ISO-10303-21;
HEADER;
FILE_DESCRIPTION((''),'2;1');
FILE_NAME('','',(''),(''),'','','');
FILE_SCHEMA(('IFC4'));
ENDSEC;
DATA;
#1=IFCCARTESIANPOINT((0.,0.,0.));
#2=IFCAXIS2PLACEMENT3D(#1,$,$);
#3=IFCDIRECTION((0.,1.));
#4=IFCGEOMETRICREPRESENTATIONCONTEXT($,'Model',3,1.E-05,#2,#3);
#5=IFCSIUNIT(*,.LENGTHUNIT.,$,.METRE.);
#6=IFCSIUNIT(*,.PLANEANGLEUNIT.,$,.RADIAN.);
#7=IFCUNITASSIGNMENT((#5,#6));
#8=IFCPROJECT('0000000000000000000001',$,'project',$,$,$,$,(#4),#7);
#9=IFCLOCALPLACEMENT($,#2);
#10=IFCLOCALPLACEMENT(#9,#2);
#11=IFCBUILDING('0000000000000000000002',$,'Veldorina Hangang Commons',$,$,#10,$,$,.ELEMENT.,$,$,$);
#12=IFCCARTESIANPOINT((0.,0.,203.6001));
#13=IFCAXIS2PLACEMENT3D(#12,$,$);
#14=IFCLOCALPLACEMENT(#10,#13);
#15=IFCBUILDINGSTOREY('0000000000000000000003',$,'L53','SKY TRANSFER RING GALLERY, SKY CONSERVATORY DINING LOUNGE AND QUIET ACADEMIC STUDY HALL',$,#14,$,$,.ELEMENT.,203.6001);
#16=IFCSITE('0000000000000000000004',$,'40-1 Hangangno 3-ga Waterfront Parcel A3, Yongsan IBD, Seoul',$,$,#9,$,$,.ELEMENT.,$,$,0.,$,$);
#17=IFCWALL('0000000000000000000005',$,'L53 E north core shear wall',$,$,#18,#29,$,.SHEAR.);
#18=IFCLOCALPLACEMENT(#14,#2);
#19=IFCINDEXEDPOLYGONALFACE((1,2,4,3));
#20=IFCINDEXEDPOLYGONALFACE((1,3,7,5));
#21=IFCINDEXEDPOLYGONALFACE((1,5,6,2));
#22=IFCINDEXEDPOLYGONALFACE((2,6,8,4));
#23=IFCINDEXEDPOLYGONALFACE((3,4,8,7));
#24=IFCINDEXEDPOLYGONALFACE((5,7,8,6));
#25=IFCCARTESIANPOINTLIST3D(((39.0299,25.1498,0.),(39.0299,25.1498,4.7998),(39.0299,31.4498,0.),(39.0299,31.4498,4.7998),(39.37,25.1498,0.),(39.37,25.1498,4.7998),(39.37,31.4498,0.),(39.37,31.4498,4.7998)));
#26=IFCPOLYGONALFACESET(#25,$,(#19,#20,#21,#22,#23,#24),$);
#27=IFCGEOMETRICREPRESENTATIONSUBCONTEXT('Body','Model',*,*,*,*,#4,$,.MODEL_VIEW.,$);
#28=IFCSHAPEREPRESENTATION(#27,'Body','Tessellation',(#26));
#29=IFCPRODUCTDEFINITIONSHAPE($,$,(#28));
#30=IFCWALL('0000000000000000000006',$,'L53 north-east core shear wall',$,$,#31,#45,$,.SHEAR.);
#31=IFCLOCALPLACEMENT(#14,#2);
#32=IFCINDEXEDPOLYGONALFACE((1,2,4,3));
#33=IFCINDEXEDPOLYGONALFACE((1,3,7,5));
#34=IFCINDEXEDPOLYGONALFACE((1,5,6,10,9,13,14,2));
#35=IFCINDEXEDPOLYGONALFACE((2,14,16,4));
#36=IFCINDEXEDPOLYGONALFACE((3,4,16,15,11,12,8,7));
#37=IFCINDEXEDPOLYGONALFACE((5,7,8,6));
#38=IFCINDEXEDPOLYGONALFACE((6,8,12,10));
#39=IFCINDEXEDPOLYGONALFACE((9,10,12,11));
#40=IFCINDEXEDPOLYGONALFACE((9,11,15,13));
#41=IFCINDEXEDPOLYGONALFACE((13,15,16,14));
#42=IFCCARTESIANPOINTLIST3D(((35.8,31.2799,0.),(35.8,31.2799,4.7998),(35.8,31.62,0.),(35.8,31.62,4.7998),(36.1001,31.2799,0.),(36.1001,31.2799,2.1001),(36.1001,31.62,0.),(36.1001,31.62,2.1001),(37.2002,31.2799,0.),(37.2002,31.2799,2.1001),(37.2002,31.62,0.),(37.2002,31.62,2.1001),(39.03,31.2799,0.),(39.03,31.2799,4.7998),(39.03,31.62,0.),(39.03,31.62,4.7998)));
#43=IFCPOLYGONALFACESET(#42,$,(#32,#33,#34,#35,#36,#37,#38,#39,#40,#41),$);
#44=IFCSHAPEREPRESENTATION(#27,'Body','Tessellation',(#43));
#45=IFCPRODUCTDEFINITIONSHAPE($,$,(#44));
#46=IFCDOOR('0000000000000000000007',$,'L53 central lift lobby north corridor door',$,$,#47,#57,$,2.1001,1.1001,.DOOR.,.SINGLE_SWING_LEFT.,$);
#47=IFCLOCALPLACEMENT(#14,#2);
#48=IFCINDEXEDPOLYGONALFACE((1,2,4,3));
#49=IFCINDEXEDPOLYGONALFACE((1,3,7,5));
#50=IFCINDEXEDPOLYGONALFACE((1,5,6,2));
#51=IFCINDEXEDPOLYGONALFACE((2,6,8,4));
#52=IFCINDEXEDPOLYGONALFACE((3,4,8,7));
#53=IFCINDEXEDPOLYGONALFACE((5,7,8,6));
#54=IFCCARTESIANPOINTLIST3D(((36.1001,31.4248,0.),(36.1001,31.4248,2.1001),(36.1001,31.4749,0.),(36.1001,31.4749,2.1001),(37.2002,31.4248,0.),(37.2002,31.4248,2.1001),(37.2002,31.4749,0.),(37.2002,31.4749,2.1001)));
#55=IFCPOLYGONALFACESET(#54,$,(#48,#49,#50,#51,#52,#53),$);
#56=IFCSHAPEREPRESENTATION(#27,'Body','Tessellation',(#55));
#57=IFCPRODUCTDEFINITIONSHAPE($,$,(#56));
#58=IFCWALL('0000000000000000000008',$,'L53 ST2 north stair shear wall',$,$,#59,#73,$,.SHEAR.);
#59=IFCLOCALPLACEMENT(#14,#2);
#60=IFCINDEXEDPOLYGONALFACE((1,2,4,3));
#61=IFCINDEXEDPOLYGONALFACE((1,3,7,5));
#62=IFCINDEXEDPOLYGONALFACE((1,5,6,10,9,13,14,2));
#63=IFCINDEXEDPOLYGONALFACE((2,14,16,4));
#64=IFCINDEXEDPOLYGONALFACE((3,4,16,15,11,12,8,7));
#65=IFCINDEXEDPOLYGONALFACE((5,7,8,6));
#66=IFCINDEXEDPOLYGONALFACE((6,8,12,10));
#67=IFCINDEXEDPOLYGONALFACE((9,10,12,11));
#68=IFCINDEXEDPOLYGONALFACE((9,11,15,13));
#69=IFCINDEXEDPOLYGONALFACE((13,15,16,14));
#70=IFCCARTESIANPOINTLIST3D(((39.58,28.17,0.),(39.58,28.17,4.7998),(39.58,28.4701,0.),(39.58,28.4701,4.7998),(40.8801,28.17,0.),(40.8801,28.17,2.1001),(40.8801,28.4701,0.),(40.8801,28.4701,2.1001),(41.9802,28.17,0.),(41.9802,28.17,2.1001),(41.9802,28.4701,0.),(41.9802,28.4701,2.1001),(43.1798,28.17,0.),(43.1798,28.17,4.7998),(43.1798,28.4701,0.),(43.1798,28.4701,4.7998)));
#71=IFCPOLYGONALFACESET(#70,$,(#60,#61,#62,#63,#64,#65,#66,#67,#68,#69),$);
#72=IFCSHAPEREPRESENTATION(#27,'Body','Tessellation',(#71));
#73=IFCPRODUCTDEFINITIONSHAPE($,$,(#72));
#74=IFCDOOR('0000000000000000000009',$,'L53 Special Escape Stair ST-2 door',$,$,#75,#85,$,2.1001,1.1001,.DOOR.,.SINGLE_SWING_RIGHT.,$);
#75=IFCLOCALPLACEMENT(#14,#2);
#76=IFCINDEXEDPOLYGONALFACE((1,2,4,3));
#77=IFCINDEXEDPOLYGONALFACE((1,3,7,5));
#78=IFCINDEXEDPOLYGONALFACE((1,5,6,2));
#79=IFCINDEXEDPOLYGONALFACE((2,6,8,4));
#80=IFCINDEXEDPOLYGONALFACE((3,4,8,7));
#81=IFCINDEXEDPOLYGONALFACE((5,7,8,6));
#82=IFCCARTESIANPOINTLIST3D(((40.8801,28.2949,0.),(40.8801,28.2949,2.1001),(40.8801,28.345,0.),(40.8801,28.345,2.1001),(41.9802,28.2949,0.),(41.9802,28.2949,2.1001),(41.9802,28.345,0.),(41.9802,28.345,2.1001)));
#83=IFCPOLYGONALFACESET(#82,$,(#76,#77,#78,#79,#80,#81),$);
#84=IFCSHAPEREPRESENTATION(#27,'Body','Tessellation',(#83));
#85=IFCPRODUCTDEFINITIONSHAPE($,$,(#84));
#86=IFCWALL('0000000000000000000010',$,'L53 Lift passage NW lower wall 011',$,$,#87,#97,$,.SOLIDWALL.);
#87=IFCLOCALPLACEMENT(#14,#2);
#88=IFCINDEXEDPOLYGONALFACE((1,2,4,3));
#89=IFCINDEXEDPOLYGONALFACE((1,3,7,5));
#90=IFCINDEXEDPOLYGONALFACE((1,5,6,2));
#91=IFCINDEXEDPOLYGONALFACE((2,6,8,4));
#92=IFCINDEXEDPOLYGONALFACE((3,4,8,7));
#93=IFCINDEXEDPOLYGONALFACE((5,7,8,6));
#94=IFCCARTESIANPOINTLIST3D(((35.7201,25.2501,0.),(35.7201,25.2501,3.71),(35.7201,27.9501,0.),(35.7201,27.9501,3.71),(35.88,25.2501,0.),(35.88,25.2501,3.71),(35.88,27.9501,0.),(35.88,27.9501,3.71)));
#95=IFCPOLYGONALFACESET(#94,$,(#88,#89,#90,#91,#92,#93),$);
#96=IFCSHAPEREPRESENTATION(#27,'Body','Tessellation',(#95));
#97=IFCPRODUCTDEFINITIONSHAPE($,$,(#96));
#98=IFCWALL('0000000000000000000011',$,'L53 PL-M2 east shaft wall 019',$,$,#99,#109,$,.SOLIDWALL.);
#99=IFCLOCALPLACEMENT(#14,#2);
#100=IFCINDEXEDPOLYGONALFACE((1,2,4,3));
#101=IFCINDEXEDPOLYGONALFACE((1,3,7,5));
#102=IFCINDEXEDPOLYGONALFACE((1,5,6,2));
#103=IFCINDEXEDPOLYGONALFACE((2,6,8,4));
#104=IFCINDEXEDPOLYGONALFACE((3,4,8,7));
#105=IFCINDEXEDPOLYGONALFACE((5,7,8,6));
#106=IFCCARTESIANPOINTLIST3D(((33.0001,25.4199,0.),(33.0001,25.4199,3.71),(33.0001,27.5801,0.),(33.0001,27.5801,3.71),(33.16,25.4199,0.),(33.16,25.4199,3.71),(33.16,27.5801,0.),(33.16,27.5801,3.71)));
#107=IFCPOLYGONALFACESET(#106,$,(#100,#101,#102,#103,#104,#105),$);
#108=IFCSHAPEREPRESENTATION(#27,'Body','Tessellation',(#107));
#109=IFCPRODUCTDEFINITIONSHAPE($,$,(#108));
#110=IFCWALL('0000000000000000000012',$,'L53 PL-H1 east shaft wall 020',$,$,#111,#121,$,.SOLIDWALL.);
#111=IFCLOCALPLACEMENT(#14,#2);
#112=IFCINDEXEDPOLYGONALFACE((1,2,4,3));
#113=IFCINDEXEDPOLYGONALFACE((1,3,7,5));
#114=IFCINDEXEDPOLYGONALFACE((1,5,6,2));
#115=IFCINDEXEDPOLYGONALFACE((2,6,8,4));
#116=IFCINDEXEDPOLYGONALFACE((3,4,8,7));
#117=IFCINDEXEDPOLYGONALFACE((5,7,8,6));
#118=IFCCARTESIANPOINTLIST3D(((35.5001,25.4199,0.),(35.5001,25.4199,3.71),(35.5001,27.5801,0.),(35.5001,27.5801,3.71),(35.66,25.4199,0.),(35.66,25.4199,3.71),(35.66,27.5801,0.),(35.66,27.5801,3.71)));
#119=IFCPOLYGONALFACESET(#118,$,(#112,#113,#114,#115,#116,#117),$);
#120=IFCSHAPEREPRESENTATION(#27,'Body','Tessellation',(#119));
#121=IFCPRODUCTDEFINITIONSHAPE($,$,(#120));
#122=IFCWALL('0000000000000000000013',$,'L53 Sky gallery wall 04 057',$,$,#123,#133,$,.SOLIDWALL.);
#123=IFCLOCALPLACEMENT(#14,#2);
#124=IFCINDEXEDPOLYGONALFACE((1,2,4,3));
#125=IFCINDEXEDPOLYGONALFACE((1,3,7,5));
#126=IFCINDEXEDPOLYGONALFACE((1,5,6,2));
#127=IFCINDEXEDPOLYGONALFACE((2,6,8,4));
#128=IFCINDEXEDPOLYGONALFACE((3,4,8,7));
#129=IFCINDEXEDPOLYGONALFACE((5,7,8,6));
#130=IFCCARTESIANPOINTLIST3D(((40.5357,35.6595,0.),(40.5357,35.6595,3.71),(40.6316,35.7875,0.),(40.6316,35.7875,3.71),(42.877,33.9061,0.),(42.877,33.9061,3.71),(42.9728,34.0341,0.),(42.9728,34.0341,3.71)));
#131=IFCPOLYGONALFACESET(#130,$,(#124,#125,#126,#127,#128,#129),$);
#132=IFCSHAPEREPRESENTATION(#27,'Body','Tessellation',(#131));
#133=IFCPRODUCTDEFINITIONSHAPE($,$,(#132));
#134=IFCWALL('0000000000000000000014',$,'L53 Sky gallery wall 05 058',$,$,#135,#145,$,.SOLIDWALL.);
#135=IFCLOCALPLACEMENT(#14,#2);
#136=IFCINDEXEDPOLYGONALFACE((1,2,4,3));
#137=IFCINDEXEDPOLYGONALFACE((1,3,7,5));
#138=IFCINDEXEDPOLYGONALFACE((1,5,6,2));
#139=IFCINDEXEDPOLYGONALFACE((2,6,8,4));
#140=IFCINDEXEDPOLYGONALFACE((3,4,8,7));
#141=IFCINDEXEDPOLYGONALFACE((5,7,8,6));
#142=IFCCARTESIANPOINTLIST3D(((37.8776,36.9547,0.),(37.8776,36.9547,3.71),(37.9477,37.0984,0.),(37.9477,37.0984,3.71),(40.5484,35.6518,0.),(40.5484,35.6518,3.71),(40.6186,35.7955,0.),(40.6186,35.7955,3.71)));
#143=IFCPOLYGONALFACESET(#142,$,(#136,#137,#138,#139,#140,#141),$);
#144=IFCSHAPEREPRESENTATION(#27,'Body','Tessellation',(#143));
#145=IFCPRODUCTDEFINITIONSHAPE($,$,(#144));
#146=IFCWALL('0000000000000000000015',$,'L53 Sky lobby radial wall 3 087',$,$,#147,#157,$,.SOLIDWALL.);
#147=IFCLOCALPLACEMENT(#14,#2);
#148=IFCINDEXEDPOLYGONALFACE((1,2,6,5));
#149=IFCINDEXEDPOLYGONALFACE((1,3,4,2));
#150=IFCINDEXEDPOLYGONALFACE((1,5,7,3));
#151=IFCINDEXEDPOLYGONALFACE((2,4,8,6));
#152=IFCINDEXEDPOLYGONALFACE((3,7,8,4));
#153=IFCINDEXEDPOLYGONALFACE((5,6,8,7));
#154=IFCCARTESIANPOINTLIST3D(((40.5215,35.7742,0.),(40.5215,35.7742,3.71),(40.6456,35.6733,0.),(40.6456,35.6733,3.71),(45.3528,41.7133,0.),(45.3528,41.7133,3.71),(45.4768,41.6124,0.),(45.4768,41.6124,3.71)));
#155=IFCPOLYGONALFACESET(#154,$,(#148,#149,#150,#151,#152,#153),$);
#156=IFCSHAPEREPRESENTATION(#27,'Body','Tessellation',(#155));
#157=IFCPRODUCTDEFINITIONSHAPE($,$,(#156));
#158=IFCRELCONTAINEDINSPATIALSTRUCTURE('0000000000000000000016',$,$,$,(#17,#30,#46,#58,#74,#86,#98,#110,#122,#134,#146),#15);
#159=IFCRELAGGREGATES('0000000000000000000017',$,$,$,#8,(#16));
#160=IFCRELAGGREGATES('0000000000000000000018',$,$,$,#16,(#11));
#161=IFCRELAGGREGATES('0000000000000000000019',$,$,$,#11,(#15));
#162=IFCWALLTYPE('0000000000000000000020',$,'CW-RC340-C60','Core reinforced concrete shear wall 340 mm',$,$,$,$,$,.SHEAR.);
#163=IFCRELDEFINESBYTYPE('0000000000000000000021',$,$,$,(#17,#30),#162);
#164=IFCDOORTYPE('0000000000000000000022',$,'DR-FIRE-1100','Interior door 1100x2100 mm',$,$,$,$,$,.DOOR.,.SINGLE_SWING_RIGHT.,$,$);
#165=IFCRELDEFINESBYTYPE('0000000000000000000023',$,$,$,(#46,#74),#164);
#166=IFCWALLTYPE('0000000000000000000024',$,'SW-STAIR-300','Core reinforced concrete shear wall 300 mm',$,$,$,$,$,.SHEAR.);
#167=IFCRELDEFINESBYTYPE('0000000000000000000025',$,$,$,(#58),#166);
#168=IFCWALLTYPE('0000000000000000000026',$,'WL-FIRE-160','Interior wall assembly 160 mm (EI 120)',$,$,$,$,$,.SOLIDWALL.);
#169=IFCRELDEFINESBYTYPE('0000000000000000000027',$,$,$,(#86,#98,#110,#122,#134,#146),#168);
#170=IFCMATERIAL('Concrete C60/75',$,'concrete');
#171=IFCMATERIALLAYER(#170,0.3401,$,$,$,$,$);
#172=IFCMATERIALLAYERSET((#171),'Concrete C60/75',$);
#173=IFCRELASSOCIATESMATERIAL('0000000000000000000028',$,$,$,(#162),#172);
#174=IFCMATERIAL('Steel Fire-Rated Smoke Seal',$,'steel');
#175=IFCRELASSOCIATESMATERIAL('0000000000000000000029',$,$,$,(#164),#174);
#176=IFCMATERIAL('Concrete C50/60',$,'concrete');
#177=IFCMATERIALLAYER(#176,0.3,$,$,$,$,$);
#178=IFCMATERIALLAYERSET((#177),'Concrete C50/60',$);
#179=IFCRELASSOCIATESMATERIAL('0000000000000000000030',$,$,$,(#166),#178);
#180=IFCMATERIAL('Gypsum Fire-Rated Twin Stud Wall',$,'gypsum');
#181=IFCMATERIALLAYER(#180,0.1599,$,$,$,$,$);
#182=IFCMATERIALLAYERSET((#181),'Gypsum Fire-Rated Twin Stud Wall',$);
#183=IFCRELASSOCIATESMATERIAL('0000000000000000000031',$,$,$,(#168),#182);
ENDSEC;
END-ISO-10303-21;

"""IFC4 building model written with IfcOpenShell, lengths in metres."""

from ifc_helpers import new_model, si_unit, direction, frame, frame_2d, origin, place, context, subcontext, project, spatial, rectangle, extrude, material, layer, layer_set, type_object, element, fill, save


model = new_model("IFC4")

# Units and contexts
model_context = context("Model", 3, precision=1e-05, world=origin(), true_north=direction((0.0, 1.0)))
body_context = subcontext(model_context, "Body", "Model", "MODEL_VIEW")
ifc_project = project(units=[si_unit("LENGTHUNIT", "METRE"), si_unit("PLANEANGLEUNIT", "RADIAN")], contexts=[model_context])

# Site, building, storey
site_placement = place(None, origin())
site = spatial("IfcSite", under=ifc_project, at=site_placement, Name="40-1 Hangangno 3-ga Waterfront Parcel A3, Yongsan IBD, Seoul", CompositionType="ELEMENT", RefElevation=0.0)
building_placement = place(site_placement, origin())
building = spatial("IfcBuilding", under=site, at=building_placement, Name="Veldorina Hangang Commons", CompositionType="ELEMENT")
storey_placement = place(building_placement, frame((0.0, 0.0, 203.6001)))
storey = spatial("IfcBuildingStorey", under=building, at=storey_placement, Name="L53", Description="SKY TRANSFER RING GALLERY, SKY CONSERVATORY DINING LOUNGE AND QUIET ACADEMIC STUDY HALL", CompositionType="ELEMENT", Elevation=203.6001)

# Wall
ifc_material_1 = material(Name="Concrete C60/75", Category="concrete")
ifc_layer_1 = layer(ifc_material_1, 0.3401)
ifc_layer_set_1 = layer_set([ifc_layer_1], Name="Concrete C60/75")
wall_type_1 = type_object("IfcWallType", Name="CW-RC340-C60", Description="Core reinforced concrete shear wall 340 mm", PredefinedType="SHEAR", material=ifc_layer_set_1)
wall_1_placement = place(storey_placement, frame((39.2, 25.1499, 0.0), z_axis=(0.0, 0.0, 1.0), x_axis=(0.0, 1.0, 0.0)))
element("IfcWall", 1, at=wall_1_placement, inside=storey, type_object=wall_type_1, Name="L53 E north core shear wall", PredefinedType="SHEAR", context=body_context, shape_type="SweptSolid", body=[
    extrude(rectangle(XDim=6.3, YDim=0.3401, at=frame_2d((3.1499, 0.0))), origin(), (0.0, 0.0, 1.0), 4.7998),
])

# Walls, openings, doors
wall_2_placement = place(storey_placement, frame((35.8, 31.45, 0.0), z_axis=(0.0, 0.0, 1.0), x_axis=(1.0, 0.0, 0.0)))
wall_2 = element("IfcWall", 2, at=wall_2_placement, inside=storey, type_object=wall_type_1, Name="L53 north-east core shear wall", PredefinedType="SHEAR", context=body_context, shape_type="SweptSolid", body=[
    extrude(rectangle(XDim=3.23, YDim=0.3401, at=frame_2d((1.615, 0.0))), origin(), (0.0, 0.0, 1.0), 4.7998),
])
opening_1_placement = place(wall_2_placement, frame((0.3, 0.0, 0.0)))
opening_1 = element("IfcOpeningElement", 3, at=opening_1_placement, cuts=wall_2, PredefinedType="OPENING", context=body_context, shape_type="SweptSolid", body=[
    extrude(rectangle(XDim=1.1001, YDim=2.1001, at=frame_2d((0.55, 1.05))), frame((0.0, 0.1802, 0.0), z_axis=(0.0, -1.0, 0.0), x_axis=(1.0, 0.0, 0.0)), (0.0, 0.0, 1.0), 0.3601),
])
ifc_material_2 = material(Name="Steel Fire-Rated Smoke Seal", Category="steel")
door_type_1 = type_object("IfcDoorType", Name="DR-FIRE-1100", Description="Interior door 1100x2100 mm", OperationType="SINGLE_SWING_RIGHT", PredefinedType="DOOR", material=ifc_material_2)
door_1_placement = place(opening_1_placement, origin())
door_1 = element("IfcDoor", 4, at=door_1_placement, inside=storey, type_object=door_type_1, Name="L53 central lift lobby north corridor door", OperationType="SINGLE_SWING_LEFT", OverallHeight=2.1001, OverallWidth=1.1001, PredefinedType="DOOR", context=body_context, shape_type="SweptSolid", body=[
    extrude(rectangle(XDim=1.1001, YDim=2.1001, at=frame_2d((0.55, 1.05))), frame((0.0, 0.0249, 0.0), z_axis=(0.0, -1.0, 0.0), x_axis=(1.0, 0.0, 0.0)), (0.0, 0.0, 1.0), 0.05),
])
fill(opening_1, door_1)
ifc_material_3 = material(Name="Concrete C50/60", Category="concrete")
ifc_layer_2 = layer(ifc_material_3, 0.3)
ifc_layer_set_2 = layer_set([ifc_layer_2], Name="Concrete C50/60")
wall_type_2 = type_object("IfcWallType", Name="SW-STAIR-300", Description="Core reinforced concrete shear wall 300 mm", PredefinedType="SHEAR", material=ifc_layer_set_2)
wall_3_placement = place(storey_placement, frame((39.5801, 28.3201, 0.0), z_axis=(0.0, 0.0, 1.0), x_axis=(1.0, 0.0, 0.0)))
wall_3 = element("IfcWall", 5, at=wall_3_placement, inside=storey, type_object=wall_type_2, Name="L53 ST2 north stair shear wall", PredefinedType="SHEAR", context=body_context, shape_type="SweptSolid", body=[
    extrude(rectangle(XDim=3.5999, YDim=0.3, at=frame_2d((1.7998, 0.0))), origin(), (0.0, 0.0, 1.0), 4.7998),
])
opening_2_placement = place(wall_3_placement, frame((1.3, 0.0, 0.0)))
opening_2 = element("IfcOpeningElement", 6, at=opening_2_placement, cuts=wall_3, PredefinedType="OPENING", context=body_context, shape_type="SweptSolid", body=[
    extrude(rectangle(XDim=1.1001, YDim=2.1001, at=frame_2d((0.55, 1.05))), frame((0.0, 0.1602, 0.0), z_axis=(0.0, -1.0, 0.0), x_axis=(1.0, 0.0, 0.0)), (0.0, 0.0, 1.0), 0.3201),
])
door_2_placement = place(opening_2_placement, origin())
door_2 = element("IfcDoor", 7, at=door_2_placement, inside=storey, type_object=door_type_1, Name="L53 Special Escape Stair ST-2 door", OperationType="SINGLE_SWING_RIGHT", OverallHeight=2.1001, OverallWidth=1.1001, PredefinedType="DOOR", context=body_context, shape_type="SweptSolid", body=[
    extrude(rectangle(XDim=1.1001, YDim=2.1001, at=frame_2d((0.55, 1.05))), frame((0.0, 0.0249, 0.0), z_axis=(0.0, -1.0, 0.0), x_axis=(1.0, 0.0, 0.0)), (0.0, 0.0, 1.0), 0.05),
])
fill(opening_2, door_2)

# Walls
ifc_material_4 = material(Name="Gypsum Fire-Rated Twin Stud Wall", Category="gypsum")
ifc_layer_3 = layer(ifc_material_4, 0.1599)
ifc_layer_set_3 = layer_set([ifc_layer_3], Name="Gypsum Fire-Rated Twin Stud Wall")
wall_type_3 = type_object("IfcWallType", Name="WL-FIRE-160", Description="Interior wall assembly 160 mm (EI 120)", PredefinedType="SOLIDWALL", material=ifc_layer_set_3)
wall_4_placement = place(storey_placement, frame((35.8, 25.25, 0.0), z_axis=(0.0, 0.0, 1.0), x_axis=(0.0, 1.0, 0.0)))
element("IfcWall", 8, at=wall_4_placement, inside=storey, type_object=wall_type_3, Name="L53 Lift passage NW lower wall 011", PredefinedType="SOLIDWALL", context=body_context, shape_type="SweptSolid", body=[
    extrude(rectangle(XDim=2.7, YDim=0.1599, at=frame_2d((1.3501, 0.0))), origin(), (0.0, 0.0, 1.0), 3.71),
])
for number, where, z_axis, x_axis, name in (
    (9, (33.0801, 25.4199, 0.0), (0.0, 0.0, 1.0), (0.0, 1.0, 0.0), "L53 PL-M2 east shaft wall 019"),
    (10, (35.5801, 25.4199, 0.0), (0.0, 0.0, 1.0), (0.0, 1.0, 0.0), "L53 PL-H1 east shaft wall 020"),
):
    element("IfcWall", number, at=place(storey_placement, frame(where, z_axis=z_axis, x_axis=x_axis)), inside=storey, type_object=wall_type_3, Name=name, PredefinedType="SOLIDWALL", context=body_context, shape_type="SweptSolid", body=[
        extrude(rectangle(XDim=2.1602, YDim=0.1599, at=frame_2d((1.0801, 0.0))), origin(), (0.0, 0.0, 1.0), 3.71),
    ])
wall_5_placement = place(storey_placement, frame((42.9248, 33.9702, 0.0), z_axis=(0.0, 0.0, 1.0), x_axis=(-0.80042, 0.599439, 0.0)))
element("IfcWall", 11, at=wall_5_placement, inside=storey, type_object=wall_type_3, Name="L53 Sky gallery wall 04 057", PredefinedType="SOLIDWALL", context=body_context, shape_type="SweptSolid", body=[
    extrude(rectangle(XDim=2.925, YDim=0.1599, at=frame_2d((1.4624, 0.0))), origin(), (0.0, 0.0, 1.0), 3.71),
])
wall_6_placement = place(storey_placement, frame((40.5835, 35.7236, 0.0), z_axis=(0.0, 0.0, 1.0), x_axis=(-0.898755, 0.438451, 0.0)))
element("IfcWall", 12, at=wall_6_placement, inside=storey, type_object=wall_type_3, Name="L53 Sky gallery wall 05 058", PredefinedType="SOLIDWALL", context=body_context, shape_type="SweptSolid", body=[
    extrude(rectangle(XDim=2.9717, YDim=0.1599, at=frame_2d((1.4858, 0.0))), origin(), (0.0, 0.0, 1.0), 3.71),
])
wall_7_placement = place(storey_placement, frame((40.5835, 35.7236, 0.0), z_axis=(0.0, 0.0, 1.0), x_axis=(0.63104, 0.77575, 0.0)))
element("IfcWall", 13, at=wall_7_placement, inside=storey, type_object=wall_type_3, Name="L53 Sky lobby radial wall 3 087", PredefinedType="SOLIDWALL", context=body_context, shape_type="SweptSolid", body=[
    extrude(rectangle(XDim=7.656, YDim=0.1599, at=frame_2d((3.8281, 0.0))), origin(), (0.0, 0.0, 1.0), 3.71),
])

save(model, "model.ifc")
